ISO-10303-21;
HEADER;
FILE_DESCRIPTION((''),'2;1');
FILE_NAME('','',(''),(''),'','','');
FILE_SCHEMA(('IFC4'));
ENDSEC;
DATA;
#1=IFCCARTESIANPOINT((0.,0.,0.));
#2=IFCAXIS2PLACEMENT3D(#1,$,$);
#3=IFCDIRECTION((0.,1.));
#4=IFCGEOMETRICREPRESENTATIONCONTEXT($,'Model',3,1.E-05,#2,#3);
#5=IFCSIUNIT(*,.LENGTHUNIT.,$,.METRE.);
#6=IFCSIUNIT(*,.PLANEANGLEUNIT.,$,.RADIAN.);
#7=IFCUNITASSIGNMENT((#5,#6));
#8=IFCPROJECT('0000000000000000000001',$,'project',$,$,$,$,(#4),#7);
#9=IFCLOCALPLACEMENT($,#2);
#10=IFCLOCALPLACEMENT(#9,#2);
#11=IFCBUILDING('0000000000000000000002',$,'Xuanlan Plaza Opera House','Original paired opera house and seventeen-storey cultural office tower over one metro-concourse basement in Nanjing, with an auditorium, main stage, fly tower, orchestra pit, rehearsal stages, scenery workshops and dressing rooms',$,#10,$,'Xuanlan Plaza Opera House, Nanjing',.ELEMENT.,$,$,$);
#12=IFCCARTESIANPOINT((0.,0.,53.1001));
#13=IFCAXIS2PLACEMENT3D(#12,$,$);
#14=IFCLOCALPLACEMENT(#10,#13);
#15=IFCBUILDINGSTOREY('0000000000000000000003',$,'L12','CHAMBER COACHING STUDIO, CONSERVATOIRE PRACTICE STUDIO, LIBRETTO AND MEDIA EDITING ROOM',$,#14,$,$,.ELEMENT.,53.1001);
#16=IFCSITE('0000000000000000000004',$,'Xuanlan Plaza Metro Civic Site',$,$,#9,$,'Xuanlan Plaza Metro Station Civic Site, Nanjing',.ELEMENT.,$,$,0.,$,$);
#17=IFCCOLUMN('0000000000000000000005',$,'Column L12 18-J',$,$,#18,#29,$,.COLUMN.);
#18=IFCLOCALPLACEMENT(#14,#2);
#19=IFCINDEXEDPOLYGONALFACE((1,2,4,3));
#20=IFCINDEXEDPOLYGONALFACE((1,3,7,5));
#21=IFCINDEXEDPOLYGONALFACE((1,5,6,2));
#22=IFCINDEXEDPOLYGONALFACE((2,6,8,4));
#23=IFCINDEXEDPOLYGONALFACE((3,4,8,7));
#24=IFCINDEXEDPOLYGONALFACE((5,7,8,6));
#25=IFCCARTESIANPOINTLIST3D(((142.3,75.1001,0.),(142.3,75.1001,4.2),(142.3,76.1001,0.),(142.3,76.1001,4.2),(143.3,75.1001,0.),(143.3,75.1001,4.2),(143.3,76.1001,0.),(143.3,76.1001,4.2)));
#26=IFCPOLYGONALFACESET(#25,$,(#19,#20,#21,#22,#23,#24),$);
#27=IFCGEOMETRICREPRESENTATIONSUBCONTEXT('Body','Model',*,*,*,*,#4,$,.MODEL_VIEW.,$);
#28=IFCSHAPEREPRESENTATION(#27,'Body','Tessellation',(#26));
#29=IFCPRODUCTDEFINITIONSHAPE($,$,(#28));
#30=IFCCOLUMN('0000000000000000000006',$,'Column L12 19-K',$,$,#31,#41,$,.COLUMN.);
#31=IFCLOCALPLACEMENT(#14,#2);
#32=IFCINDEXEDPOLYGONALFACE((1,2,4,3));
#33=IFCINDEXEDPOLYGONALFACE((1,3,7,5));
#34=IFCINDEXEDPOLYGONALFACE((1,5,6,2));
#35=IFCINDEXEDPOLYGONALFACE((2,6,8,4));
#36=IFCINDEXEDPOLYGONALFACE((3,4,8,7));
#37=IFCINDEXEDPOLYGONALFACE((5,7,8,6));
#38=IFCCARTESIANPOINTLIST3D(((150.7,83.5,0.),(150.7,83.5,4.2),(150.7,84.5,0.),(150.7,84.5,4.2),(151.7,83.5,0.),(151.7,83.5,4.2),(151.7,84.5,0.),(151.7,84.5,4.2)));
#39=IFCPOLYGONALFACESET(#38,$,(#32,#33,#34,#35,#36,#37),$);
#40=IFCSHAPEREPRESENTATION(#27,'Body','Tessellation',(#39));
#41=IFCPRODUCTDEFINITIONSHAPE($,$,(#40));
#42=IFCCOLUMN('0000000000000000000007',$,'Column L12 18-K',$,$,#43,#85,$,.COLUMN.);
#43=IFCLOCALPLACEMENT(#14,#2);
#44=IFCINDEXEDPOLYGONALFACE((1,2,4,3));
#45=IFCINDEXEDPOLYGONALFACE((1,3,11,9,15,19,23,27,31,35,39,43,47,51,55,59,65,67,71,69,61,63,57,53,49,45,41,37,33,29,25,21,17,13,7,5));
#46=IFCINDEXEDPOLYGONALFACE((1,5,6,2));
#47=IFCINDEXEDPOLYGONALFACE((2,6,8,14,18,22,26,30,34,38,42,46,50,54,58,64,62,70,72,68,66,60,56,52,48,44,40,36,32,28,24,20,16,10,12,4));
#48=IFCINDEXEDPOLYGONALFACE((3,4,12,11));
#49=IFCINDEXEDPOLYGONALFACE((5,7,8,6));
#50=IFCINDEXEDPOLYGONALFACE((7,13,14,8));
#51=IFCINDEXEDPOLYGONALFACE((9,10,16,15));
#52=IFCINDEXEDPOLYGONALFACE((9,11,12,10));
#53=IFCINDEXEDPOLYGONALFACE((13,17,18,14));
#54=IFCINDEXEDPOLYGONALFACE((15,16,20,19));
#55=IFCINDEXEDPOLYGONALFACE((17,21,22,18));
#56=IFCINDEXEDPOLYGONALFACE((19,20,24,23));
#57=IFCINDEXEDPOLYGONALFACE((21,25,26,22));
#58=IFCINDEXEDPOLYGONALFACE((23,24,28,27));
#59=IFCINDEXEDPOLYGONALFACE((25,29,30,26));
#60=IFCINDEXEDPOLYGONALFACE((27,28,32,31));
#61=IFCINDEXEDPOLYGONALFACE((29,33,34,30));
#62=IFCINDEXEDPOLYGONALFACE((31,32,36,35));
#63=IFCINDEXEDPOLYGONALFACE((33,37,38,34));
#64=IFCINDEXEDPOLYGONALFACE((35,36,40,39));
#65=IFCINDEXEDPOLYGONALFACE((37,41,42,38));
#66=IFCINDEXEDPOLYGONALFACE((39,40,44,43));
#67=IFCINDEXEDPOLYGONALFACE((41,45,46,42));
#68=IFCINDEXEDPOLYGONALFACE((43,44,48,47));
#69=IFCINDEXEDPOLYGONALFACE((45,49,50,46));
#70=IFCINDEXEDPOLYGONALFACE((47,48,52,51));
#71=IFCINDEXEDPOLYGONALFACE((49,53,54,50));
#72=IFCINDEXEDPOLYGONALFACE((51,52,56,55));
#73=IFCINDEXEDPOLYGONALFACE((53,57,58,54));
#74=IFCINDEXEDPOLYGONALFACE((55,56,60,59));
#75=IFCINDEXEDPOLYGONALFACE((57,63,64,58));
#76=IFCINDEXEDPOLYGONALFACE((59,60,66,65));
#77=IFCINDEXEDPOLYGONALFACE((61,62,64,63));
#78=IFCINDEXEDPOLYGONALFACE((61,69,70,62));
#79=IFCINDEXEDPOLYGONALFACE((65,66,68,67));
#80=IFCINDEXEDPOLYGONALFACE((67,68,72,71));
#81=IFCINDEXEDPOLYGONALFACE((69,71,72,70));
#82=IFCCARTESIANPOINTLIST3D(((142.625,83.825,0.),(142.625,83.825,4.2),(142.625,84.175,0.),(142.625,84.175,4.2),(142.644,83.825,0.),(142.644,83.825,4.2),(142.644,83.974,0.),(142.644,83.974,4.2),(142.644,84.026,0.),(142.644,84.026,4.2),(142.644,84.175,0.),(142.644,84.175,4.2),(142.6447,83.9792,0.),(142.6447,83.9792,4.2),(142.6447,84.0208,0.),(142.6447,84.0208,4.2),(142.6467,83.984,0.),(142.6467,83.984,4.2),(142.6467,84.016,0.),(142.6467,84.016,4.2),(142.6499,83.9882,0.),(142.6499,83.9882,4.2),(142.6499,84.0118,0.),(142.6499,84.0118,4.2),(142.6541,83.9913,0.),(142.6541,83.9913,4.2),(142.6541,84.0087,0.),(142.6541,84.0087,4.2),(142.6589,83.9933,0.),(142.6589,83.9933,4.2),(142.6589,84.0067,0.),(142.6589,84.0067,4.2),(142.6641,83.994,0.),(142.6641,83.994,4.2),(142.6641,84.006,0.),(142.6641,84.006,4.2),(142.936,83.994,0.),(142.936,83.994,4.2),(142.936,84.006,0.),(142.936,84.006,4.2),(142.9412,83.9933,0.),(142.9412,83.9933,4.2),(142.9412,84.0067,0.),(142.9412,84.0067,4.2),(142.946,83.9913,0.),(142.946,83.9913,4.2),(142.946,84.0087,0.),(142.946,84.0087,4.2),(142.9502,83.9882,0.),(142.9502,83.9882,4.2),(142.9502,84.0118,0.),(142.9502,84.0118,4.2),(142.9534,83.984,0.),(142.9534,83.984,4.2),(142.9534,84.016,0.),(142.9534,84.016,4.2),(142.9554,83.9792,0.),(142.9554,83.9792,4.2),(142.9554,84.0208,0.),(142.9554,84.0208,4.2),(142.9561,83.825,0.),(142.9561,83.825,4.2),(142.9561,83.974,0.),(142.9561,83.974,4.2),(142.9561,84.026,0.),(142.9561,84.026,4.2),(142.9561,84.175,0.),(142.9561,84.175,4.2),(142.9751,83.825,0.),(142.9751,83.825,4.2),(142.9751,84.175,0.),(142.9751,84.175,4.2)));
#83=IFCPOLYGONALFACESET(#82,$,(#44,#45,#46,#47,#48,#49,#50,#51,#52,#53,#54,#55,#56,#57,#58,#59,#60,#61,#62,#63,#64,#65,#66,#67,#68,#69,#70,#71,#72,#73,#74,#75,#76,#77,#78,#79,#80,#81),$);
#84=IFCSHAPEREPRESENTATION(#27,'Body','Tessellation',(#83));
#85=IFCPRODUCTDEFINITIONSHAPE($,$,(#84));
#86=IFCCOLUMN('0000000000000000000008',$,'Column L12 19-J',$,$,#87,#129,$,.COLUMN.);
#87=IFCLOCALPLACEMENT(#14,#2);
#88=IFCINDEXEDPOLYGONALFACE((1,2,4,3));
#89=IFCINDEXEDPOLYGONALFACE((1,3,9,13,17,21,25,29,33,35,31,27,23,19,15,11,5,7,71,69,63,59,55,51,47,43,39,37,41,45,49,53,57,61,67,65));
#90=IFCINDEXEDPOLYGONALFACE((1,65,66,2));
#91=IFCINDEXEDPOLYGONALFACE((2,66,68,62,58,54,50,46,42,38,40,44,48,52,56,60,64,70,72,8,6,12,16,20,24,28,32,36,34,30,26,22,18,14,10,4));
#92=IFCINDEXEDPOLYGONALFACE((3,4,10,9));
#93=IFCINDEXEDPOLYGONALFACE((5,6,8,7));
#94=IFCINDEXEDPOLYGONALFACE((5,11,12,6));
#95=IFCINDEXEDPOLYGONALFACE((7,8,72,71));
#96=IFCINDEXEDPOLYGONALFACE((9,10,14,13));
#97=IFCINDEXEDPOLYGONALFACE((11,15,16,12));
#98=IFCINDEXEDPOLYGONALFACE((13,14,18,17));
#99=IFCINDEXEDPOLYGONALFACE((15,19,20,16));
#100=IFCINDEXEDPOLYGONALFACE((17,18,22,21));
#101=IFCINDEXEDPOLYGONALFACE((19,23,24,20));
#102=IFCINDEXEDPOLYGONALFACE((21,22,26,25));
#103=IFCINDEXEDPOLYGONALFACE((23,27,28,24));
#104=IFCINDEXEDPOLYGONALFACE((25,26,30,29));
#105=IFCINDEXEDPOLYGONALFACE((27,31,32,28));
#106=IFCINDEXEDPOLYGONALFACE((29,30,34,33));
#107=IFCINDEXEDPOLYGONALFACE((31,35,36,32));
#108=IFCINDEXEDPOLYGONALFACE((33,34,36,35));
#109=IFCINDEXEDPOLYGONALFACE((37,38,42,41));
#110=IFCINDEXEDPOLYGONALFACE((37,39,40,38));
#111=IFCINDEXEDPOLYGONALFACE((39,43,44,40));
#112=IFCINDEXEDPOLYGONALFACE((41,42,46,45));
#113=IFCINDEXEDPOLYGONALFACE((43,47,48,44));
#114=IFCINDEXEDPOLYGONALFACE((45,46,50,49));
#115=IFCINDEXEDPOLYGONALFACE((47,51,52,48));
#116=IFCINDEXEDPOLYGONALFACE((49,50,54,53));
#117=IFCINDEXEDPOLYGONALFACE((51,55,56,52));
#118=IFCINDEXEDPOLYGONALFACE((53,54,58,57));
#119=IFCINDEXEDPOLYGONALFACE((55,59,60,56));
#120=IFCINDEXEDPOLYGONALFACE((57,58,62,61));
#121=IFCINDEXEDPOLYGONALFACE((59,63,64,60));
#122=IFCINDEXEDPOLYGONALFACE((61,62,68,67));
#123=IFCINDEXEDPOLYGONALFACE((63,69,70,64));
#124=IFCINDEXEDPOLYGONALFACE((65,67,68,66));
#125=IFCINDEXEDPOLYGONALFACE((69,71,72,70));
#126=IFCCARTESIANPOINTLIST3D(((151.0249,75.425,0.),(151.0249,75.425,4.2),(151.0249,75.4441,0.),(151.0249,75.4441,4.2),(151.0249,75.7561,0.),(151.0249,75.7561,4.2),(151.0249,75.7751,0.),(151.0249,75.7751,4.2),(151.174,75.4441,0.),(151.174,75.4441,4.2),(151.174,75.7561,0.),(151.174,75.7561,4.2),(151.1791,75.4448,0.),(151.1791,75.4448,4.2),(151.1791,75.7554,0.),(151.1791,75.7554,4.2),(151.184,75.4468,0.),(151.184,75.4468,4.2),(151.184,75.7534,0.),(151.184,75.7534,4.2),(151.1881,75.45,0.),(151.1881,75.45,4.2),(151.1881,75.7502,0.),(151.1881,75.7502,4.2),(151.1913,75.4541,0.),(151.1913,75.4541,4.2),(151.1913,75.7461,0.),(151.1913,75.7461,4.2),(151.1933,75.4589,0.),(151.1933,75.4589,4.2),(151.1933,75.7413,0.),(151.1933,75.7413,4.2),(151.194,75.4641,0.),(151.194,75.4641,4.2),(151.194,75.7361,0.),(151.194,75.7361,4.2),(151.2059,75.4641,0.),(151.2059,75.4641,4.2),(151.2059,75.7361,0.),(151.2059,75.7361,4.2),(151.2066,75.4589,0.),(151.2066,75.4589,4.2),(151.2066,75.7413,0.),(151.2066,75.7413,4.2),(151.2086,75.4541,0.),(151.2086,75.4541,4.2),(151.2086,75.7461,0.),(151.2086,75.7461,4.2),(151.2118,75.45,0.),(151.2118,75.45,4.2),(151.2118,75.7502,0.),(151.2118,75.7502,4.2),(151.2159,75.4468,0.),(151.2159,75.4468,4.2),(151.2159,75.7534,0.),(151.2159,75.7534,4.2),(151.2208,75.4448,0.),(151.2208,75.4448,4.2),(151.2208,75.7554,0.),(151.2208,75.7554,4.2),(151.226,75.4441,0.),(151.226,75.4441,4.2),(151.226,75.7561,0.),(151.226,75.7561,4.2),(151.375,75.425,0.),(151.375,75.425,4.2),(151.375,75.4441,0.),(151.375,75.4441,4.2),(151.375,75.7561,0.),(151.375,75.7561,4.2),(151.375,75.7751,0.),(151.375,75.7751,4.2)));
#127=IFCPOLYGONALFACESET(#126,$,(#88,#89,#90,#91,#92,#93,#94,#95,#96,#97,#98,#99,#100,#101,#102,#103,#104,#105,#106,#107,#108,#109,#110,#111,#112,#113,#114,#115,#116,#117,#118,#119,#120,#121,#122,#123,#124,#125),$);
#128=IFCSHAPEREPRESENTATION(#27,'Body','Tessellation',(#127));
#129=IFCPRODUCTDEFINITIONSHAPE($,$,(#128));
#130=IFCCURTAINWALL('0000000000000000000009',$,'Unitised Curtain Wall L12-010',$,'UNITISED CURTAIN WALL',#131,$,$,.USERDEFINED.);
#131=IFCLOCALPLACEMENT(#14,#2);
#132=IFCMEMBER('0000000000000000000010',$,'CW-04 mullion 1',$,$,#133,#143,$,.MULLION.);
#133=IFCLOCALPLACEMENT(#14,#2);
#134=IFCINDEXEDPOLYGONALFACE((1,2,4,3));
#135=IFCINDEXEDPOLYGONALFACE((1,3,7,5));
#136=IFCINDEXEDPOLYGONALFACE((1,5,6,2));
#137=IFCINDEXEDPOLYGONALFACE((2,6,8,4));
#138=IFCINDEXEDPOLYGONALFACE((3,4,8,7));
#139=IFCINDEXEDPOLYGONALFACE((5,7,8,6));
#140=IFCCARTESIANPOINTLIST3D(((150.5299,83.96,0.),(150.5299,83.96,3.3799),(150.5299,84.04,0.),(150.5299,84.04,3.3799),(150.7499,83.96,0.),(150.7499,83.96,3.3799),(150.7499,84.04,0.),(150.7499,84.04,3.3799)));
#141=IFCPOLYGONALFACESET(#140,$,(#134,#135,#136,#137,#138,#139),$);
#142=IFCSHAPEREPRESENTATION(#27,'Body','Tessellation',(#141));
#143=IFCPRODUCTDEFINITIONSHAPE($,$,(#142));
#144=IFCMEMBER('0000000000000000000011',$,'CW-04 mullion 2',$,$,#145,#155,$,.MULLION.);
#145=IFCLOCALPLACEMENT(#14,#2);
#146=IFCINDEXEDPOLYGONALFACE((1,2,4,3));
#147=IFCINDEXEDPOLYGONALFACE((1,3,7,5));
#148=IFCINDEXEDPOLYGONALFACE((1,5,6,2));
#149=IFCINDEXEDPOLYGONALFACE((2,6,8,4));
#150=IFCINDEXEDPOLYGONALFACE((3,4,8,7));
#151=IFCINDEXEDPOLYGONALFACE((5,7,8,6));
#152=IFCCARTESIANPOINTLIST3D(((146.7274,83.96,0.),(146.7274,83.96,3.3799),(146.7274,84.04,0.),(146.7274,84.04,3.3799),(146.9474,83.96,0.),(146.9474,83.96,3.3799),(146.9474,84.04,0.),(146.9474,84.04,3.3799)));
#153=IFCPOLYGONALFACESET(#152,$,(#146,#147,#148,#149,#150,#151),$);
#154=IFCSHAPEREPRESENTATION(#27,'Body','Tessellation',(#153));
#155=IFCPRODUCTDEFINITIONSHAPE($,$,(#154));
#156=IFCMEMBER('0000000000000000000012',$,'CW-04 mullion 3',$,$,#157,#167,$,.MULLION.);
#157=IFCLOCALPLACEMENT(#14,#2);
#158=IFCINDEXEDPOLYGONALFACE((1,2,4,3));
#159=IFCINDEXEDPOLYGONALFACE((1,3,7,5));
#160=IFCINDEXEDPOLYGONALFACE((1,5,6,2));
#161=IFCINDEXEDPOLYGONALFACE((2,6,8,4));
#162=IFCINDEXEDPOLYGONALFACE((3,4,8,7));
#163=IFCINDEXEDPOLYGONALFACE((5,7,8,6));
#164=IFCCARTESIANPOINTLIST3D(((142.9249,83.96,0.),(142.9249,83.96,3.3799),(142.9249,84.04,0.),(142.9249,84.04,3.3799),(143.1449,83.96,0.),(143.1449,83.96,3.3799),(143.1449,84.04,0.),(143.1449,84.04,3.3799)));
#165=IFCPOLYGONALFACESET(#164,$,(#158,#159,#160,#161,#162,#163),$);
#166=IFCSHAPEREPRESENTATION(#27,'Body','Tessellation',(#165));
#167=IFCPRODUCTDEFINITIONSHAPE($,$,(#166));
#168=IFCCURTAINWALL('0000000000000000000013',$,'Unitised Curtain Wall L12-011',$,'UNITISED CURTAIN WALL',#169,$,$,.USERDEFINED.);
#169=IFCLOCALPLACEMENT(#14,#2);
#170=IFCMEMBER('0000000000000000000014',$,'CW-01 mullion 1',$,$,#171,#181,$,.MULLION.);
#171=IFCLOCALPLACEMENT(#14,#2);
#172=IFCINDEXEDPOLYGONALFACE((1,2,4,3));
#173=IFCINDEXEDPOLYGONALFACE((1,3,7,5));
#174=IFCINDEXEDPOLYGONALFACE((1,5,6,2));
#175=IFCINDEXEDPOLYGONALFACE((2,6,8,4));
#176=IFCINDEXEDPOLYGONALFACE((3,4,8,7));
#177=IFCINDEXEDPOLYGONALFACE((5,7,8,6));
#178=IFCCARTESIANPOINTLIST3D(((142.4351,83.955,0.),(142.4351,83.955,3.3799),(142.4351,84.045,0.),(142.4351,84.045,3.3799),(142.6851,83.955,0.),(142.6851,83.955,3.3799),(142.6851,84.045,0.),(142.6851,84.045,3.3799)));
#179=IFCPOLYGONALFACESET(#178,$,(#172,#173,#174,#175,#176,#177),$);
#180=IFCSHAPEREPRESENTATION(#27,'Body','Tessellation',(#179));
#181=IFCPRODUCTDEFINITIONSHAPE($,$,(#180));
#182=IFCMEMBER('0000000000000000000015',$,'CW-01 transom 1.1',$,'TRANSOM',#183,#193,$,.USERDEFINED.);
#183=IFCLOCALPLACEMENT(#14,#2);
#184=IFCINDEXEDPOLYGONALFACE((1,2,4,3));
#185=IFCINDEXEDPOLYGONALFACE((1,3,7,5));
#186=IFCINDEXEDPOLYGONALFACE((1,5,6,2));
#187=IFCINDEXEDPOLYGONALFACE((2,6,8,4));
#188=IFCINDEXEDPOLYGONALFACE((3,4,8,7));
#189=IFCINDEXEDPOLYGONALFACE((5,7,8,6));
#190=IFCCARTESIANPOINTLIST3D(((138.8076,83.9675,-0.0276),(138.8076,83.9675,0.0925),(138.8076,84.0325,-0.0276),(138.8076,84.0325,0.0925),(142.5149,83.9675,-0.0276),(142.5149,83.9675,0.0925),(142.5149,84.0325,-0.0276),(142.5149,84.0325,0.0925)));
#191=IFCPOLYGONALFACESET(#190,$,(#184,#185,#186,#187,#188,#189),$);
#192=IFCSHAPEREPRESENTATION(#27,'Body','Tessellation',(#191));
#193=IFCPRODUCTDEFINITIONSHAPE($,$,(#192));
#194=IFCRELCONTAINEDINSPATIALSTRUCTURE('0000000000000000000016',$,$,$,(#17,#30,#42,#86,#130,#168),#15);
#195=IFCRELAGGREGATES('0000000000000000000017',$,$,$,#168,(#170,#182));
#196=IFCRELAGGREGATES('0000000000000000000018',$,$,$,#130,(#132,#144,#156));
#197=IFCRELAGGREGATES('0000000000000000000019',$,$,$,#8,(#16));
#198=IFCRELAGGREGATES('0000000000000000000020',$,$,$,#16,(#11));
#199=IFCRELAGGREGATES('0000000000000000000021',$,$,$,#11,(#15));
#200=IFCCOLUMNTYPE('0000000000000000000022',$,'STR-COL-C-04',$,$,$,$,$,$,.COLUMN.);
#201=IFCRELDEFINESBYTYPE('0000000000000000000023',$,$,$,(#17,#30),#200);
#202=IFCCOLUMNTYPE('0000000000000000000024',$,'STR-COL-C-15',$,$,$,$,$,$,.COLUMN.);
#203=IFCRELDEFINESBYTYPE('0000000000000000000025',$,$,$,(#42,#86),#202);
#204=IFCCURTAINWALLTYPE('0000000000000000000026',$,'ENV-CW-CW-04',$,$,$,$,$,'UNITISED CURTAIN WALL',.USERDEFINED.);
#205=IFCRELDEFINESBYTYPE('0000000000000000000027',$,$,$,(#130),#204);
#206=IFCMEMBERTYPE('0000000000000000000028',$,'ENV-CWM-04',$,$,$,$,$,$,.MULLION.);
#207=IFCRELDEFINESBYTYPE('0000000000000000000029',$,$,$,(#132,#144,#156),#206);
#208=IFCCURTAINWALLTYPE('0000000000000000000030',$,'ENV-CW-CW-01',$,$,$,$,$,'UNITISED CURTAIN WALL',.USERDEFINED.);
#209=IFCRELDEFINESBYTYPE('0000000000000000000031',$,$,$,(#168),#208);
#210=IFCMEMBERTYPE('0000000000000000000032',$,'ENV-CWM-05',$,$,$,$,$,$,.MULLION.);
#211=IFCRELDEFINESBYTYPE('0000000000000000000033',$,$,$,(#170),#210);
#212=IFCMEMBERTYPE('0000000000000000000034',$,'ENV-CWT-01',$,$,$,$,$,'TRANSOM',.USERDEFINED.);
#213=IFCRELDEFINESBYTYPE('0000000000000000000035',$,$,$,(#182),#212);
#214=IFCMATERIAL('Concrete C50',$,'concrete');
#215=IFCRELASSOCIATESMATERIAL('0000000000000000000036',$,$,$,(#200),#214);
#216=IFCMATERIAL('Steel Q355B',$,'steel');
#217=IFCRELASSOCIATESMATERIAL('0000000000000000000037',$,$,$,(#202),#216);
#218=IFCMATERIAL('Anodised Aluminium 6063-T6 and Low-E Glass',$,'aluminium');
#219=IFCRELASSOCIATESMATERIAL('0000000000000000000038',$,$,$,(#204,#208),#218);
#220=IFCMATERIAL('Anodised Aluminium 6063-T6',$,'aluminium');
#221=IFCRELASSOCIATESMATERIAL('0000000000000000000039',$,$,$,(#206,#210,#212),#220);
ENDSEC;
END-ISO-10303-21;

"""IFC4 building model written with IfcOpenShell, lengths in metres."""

from ifc_helpers import new_model, si_unit, direction, frame, origin, origin_2d, place, context, subcontext, project, spatial, rectangle, i_section, extrude, material, material_profile, profile_set, type_object, element, aggregate, save


model = new_model("IFC4")

# Units and contexts
model_context = context("Model", 3, precision=1e-05, world=origin(), true_north=direction((0.0, 1.0)))
body_context = subcontext(model_context, "Body", "Model", "MODEL_VIEW")
ifc_project = project(units=[si_unit("LENGTHUNIT", "METRE"), si_unit("PLANEANGLEUNIT", "RADIAN")], contexts=[model_context])

# Site, building, storey
site_placement = place(None, origin())
site = spatial("IfcSite", under=ifc_project, at=site_placement, Name="Xuanlan Plaza Metro Civic Site", LongName="Xuanlan Plaza Metro Station Civic Site, Nanjing", CompositionType="ELEMENT", RefElevation=0.0)
building_placement = place(site_placement, origin())
building = spatial("IfcBuilding", under=site, at=building_placement, Name="Xuanlan Plaza Opera House", Description="Original paired opera house and seventeen-storey cultural office tower over one metro-concourse basement in Nanjing, with an auditorium, main stage, fly tower, orchestra pit, rehearsal stages, scenery workshops and dressing rooms", LongName="Xuanlan Plaza Opera House, Nanjing", CompositionType="ELEMENT")
storey_placement = place(building_placement, frame((0.0, 0.0, 53.1001)))
storey = spatial("IfcBuildingStorey", under=building, at=storey_placement, Name="L12", Description="CHAMBER COACHING STUDIO, CONSERVATOIRE PRACTICE STUDIO, LIBRETTO AND MEDIA EDITING ROOM", CompositionType="ELEMENT", Elevation=53.1001)

# Columns
ifc_material_1 = material(Name="Concrete C50", Category="concrete")
ifc_material_profile_1 = material_profile(ifc_material_1, rectangle(XDim=1.0, YDim=1.0, at=origin_2d()), Name="RC-COL 1000x1000")
ifc_profile_set_1 = profile_set([ifc_material_profile_1], Name="Concrete C50")
column_type_1 = type_object("IfcColumnType", Name="STR-COL-C-04", PredefinedType="COLUMN", material=ifc_profile_set_1)
for number, where, z_axis, x_axis, name in (
    (1, (142.8, 75.6001, 0.0), (0.0, 0.0, 1.0), (1.0, 0.0, 0.0), "Column L12 18-J"),
    (2, (151.2, 84.0, 0.0), (0.0, 0.0, 1.0), (1.0, 0.0, 0.0), "Column L12 19-K"),
):
    element("IfcColumn", number, at=place(storey_placement, frame(where, z_axis=z_axis, x_axis=x_axis)), inside=storey, type_object=column_type_1, Name=name, PredefinedType="COLUMN", context=body_context, shape_type="SweptSolid", body=[
        extrude(rectangle(XDim=1.0, YDim=1.0, at=origin_2d()), origin(), (0.0, 0.0, 1.0), 4.2),
    ])
ifc_material_2 = material(Name="Steel Q355B", Category="steel")
ifc_material_profile_2 = material_profile(ifc_material_2, i_section(OverallWidth=0.3501, OverallDepth=0.3501, WebThickness=0.012, FlangeThickness=0.019, FilletRadius=0.02, at=origin_2d()), Name="HW 350x350x12x19")
ifc_profile_set_2 = profile_set([ifc_material_profile_2], Name="Steel Q355B")
column_type_2 = type_object("IfcColumnType", Name="STR-COL-C-15", PredefinedType="COLUMN", material=ifc_profile_set_2)
for number, where, z_axis, x_axis, name in (
    (3, (142.8, 84.0, 0.0), (0.0, 0.0, 1.0), (0.0, 1.0, 0.0), "Column L12 18-K"),
    (4, (151.2, 75.6001, 0.0), (0.0, 0.0, 1.0), (1.0, 0.0, 0.0), "Column L12 19-J"),
):
    element("IfcColumn", number, at=place(storey_placement, frame(where, z_axis=z_axis, x_axis=x_axis)), inside=storey, type_object=column_type_2, Name=name, PredefinedType="COLUMN", context=body_context, shape_type="SweptSolid", body=[
        extrude(i_section(OverallWidth=0.3501, OverallDepth=0.3501, WebThickness=0.012, FlangeThickness=0.019, FilletRadius=0.02, at=origin_2d()), origin(), (0.0, 0.0, 1.0), 4.2),
    ])

# Curtain walls, members
ifc_material_3 = material(Name="Anodised Aluminium 6063-T6 and Low-E Glass", Category="aluminium")
curtain_wall_type_1 = type_object("IfcCurtainWallType", Name="ENV-CW-CW-04", ElementType="UNITISED CURTAIN WALL", PredefinedType="USERDEFINED", material=ifc_material_3)
curtain_wall_1_placement = place(storey_placement, origin())
curtain_wall_1 = element("IfcCurtainWall", 5, at=curtain_wall_1_placement, inside=storey, type_object=curtain_wall_type_1, Name="Unitised Curtain Wall L12-010", ObjectType="UNITISED CURTAIN WALL", PredefinedType="USERDEFINED")
ifc_material_4 = material(Name="Anodised Aluminium 6063-T6", Category="aluminium")
ifc_material_profile_3 = material_profile(ifc_material_4, rectangle(XDim=0.0801, YDim=0.22, at=origin_2d()), Name="ALU-M 80x220")
ifc_profile_set_3 = profile_set([ifc_material_profile_3], Name="Anodised Aluminium 6063-T6")
member_type_1 = type_object("IfcMemberType", Name="ENV-CWM-04", PredefinedType="MULLION", material=ifc_profile_set_3)
member_1_placement = place(storey_placement, frame((150.6399, 84.0, 0.0), z_axis=(0.0, 0.0, 1.0), x_axis=(0.0, -1.0, 0.0)))
member_1 = element("IfcMember", 6, at=member_1_placement, type_object=member_type_1, Name="CW-04 mullion 1", PredefinedType="MULLION", context=body_context, shape_type="SweptSolid", body=[
    extrude(rectangle(XDim=0.0801, YDim=0.22, at=origin_2d()), origin(), (0.0, 0.0, 1.0), 3.3799),
])
member_2_placement = place(storey_placement, frame((146.8374, 84.0, 0.0), z_axis=(0.0, 0.0, 1.0), x_axis=(0.0, -1.0, 0.0)))
member_2 = element("IfcMember", 7, at=member_2_placement, type_object=member_type_1, Name="CW-04 mullion 2", PredefinedType="MULLION", context=body_context, shape_type="SweptSolid", body=[
    extrude(rectangle(XDim=0.0801, YDim=0.22, at=origin_2d()), origin(), (0.0, 0.0, 1.0), 3.3799),
])
member_3_placement = place(storey_placement, frame((143.0349, 84.0, 0.0), z_axis=(0.0, 0.0, 1.0), x_axis=(0.0, -1.0, 0.0)))
member_3 = element("IfcMember", 8, at=member_3_placement, type_object=member_type_1, Name="CW-04 mullion 3", PredefinedType="MULLION", context=body_context, shape_type="SweptSolid", body=[
    extrude(rectangle(XDim=0.0801, YDim=0.22, at=origin_2d()), origin(), (0.0, 0.0, 1.0), 3.3799),
])
curtain_wall_type_2 = type_object("IfcCurtainWallType", Name="ENV-CW-CW-01", ElementType="UNITISED CURTAIN WALL", PredefinedType="USERDEFINED", material=ifc_material_3)
curtain_wall_2_placement = place(storey_placement, origin())
curtain_wall_2 = element("IfcCurtainWall", 9, at=curtain_wall_2_placement, inside=storey, type_object=curtain_wall_type_2, Name="Unitised Curtain Wall L12-011", ObjectType="UNITISED CURTAIN WALL", PredefinedType="USERDEFINED")
ifc_material_profile_4 = material_profile(ifc_material_4, rectangle(XDim=0.0901, YDim=0.25, at=origin_2d()), Name="ALU-M 90x250")
ifc_profile_set_4 = profile_set([ifc_material_profile_4], Name="Anodised Aluminium 6063-T6")
member_type_2 = type_object("IfcMemberType", Name="ENV-CWM-05", PredefinedType="MULLION", material=ifc_profile_set_4)
member_4_placement = place(storey_placement, frame((142.5601, 84.0, 0.0), z_axis=(0.0, 0.0, 1.0), x_axis=(0.0, -1.0, 0.0)))
member_4 = element("IfcMember", 10, at=member_4_placement, type_object=member_type_2, Name="CW-01 mullion 1", PredefinedType="MULLION", context=body_context, shape_type="SweptSolid", body=[
    extrude(rectangle(XDim=0.0901, YDim=0.25, at=origin_2d()), origin(), (0.0, 0.0, 1.0), 3.3799),
])
ifc_material_profile_5 = material_profile(ifc_material_4, rectangle(XDim=0.0649, YDim=0.1201, at=origin_2d()), Name="ALU-T 65x120")
ifc_profile_set_5 = profile_set([ifc_material_profile_5], Name="Anodised Aluminium 6063-T6")
member_type_3 = type_object("IfcMemberType", Name="ENV-CWT-01", ElementType="TRANSOM", PredefinedType="USERDEFINED", material=ifc_profile_set_5)
member_5_placement = place(storey_placement, frame((142.5149, 84.0, 0.0325), z_axis=(-1.0, 0.0, 0.0), x_axis=(0.0, -1.0, 0.0)))
member_5 = element("IfcMember", 11, at=member_5_placement, type_object=member_type_3, Name="CW-01 transom 1.1", ObjectType="TRANSOM", PredefinedType="USERDEFINED", context=body_context, shape_type="SweptSolid", body=[
    extrude(rectangle(XDim=0.0649, YDim=0.1201, at=origin_2d()), origin(), (0.0, 0.0, 1.0), 3.7073),
])
aggregate(curtain_wall_2, [member_4, member_5])

aggregate(curtain_wall_1, [member_1, member_2, member_3])

save(model, "model.ifc")
